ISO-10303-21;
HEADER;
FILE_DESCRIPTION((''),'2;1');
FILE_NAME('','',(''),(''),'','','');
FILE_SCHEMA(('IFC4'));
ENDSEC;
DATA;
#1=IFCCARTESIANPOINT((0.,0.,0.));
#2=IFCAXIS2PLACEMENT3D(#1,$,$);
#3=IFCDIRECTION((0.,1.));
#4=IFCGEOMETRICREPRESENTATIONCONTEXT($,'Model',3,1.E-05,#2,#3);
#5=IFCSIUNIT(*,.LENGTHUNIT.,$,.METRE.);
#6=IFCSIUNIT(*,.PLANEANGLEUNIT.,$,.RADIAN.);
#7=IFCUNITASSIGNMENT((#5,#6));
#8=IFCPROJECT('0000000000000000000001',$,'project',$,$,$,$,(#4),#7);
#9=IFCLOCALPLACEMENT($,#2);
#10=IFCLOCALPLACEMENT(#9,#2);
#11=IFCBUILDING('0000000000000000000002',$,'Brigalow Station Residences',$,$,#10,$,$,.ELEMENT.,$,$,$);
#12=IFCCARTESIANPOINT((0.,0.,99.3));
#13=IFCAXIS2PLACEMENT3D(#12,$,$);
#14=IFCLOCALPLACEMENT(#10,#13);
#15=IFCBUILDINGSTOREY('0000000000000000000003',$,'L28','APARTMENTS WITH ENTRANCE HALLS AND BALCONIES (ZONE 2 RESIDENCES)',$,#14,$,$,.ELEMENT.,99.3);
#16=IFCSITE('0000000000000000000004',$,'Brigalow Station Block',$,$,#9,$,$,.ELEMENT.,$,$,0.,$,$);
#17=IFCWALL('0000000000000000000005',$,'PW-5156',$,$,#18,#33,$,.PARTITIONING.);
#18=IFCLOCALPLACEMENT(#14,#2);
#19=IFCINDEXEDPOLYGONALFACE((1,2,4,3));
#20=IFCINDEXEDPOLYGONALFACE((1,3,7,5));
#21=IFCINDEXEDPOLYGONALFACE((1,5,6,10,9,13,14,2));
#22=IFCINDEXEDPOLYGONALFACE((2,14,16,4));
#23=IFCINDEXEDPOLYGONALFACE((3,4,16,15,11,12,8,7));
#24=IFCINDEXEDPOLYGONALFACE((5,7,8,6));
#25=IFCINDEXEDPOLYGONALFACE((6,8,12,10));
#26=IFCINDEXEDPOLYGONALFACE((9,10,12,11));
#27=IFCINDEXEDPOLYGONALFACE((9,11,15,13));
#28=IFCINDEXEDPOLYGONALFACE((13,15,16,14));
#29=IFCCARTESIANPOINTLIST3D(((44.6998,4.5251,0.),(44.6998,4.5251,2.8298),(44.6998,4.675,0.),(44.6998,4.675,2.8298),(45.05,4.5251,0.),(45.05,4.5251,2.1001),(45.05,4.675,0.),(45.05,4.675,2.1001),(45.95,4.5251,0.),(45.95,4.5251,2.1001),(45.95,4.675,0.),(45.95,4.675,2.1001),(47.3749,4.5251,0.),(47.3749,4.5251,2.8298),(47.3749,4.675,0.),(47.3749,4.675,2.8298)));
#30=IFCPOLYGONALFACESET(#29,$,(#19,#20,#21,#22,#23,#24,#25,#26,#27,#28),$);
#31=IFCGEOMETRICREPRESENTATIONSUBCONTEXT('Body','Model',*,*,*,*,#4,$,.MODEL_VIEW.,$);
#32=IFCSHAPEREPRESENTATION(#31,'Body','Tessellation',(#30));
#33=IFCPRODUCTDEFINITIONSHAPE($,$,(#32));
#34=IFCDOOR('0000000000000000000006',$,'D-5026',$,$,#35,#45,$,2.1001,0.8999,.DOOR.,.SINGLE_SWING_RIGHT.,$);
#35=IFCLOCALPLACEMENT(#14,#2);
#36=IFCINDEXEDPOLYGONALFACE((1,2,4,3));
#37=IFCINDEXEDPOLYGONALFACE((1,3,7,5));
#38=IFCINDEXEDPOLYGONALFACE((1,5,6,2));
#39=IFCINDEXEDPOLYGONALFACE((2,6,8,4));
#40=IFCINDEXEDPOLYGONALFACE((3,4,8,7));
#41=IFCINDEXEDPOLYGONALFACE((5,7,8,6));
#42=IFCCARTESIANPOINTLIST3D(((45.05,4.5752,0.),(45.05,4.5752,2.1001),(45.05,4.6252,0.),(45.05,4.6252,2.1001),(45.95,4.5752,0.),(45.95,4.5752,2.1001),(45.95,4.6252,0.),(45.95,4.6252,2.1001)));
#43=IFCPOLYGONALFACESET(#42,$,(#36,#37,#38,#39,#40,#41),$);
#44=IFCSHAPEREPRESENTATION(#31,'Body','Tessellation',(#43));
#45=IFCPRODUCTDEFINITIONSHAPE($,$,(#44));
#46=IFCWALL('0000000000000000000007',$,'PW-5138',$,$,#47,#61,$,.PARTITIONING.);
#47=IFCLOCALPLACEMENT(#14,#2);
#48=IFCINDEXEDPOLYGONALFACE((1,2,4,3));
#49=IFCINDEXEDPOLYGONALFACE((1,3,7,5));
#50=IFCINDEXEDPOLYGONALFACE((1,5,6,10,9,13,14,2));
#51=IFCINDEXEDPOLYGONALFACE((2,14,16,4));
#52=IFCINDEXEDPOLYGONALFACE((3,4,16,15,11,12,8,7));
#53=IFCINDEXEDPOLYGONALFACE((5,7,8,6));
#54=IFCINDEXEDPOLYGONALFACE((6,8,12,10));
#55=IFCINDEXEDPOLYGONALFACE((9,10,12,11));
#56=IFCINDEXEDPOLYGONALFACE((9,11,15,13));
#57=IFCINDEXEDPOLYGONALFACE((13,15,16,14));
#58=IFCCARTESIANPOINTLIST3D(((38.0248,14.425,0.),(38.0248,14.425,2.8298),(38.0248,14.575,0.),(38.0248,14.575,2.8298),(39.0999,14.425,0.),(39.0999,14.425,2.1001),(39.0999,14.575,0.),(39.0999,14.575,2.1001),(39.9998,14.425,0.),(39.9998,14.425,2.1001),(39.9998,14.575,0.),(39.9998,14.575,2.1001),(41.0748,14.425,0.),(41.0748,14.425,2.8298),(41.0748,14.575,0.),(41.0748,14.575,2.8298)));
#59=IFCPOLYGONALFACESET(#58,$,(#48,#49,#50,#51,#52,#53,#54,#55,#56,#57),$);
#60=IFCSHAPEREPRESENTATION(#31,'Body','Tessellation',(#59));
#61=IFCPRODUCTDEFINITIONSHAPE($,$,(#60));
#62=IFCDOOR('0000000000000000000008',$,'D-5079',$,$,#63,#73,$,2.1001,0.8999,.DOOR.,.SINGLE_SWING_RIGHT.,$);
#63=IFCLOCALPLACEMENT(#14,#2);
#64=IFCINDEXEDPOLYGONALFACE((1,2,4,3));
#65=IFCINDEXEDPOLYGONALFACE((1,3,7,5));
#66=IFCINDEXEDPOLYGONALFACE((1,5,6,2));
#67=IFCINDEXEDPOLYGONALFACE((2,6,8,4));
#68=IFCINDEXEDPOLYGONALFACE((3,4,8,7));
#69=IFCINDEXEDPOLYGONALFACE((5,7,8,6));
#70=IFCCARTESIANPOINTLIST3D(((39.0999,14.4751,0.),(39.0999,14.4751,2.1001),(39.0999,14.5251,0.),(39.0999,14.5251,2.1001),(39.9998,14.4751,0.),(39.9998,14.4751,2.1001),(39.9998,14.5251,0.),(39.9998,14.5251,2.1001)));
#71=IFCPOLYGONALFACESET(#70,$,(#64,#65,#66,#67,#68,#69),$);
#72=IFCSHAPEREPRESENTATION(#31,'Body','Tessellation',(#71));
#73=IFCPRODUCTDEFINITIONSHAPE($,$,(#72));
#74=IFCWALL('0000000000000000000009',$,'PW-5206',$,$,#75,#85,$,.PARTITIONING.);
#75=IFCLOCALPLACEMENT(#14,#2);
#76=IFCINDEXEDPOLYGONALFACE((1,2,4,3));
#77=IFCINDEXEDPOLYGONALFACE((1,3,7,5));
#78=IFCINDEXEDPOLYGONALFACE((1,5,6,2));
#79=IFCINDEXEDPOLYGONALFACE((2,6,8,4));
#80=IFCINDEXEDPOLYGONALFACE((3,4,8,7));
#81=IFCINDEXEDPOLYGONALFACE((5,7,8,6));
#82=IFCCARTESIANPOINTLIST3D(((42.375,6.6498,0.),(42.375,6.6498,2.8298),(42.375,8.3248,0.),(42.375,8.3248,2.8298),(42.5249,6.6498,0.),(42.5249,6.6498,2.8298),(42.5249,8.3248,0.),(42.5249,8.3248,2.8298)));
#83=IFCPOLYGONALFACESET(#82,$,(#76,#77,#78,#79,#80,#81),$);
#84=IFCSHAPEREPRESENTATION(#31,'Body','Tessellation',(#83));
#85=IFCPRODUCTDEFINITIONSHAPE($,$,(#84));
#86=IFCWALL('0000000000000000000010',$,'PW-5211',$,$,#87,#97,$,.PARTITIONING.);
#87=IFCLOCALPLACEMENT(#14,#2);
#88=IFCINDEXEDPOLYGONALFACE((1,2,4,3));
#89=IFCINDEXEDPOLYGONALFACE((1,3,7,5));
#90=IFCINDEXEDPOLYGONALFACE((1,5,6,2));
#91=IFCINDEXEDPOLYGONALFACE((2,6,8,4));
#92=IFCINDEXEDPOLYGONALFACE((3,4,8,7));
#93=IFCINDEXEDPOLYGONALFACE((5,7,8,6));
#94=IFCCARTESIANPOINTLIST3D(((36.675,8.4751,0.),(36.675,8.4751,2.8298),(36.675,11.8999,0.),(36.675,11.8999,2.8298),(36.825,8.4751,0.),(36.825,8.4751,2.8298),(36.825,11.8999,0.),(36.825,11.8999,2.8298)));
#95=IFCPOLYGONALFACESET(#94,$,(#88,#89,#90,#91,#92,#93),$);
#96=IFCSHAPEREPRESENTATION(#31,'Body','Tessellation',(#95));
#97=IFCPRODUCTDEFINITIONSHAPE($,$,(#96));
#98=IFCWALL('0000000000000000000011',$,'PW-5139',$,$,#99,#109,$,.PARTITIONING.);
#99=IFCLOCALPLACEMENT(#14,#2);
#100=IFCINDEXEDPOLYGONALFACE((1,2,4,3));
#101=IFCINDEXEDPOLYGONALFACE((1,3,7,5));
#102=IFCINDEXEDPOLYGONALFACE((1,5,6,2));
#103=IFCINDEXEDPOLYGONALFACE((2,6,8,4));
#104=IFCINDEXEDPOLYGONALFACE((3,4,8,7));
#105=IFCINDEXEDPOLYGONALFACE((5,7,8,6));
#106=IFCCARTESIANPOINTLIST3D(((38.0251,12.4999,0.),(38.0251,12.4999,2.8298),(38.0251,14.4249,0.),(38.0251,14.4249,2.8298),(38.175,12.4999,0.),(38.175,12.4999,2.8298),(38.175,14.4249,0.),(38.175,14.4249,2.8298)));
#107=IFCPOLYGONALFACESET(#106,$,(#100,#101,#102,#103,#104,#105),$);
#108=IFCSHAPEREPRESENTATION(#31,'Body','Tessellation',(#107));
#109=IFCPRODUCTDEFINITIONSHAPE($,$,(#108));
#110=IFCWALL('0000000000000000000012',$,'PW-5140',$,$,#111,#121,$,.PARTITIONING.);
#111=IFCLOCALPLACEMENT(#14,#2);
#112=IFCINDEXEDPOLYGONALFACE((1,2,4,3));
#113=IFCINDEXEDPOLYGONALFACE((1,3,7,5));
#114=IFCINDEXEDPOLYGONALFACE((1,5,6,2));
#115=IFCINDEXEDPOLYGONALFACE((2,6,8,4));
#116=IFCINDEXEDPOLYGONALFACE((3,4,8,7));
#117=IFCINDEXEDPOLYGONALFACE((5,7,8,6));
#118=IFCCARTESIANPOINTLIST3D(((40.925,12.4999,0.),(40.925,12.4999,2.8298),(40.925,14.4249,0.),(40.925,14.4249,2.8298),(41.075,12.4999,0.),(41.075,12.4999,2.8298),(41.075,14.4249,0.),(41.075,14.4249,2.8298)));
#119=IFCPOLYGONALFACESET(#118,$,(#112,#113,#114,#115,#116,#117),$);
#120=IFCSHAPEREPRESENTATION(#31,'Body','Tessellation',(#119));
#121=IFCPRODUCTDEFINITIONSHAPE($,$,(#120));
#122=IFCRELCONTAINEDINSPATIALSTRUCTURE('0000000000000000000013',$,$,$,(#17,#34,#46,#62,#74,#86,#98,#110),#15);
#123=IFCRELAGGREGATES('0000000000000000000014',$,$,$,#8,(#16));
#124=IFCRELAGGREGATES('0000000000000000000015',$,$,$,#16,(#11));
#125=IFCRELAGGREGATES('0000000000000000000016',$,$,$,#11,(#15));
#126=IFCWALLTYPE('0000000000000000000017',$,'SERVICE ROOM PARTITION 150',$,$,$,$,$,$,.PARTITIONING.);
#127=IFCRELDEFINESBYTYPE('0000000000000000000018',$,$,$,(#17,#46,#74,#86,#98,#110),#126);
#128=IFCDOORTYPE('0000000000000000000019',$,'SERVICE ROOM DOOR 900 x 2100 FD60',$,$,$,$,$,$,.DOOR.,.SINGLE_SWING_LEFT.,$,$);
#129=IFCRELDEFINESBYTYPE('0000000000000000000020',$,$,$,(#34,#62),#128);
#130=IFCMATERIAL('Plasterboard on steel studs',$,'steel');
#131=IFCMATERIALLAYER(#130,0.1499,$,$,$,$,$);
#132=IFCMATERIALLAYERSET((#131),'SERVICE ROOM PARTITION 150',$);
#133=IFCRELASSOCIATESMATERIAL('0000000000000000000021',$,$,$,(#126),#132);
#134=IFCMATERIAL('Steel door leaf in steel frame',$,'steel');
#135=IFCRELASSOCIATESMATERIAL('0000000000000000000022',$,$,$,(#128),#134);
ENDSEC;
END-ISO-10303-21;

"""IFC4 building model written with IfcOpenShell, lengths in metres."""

from ifc_helpers import new_model, si_unit, direction, frame, frame_2d, origin, place, context, subcontext, project, spatial, rectangle, extrude, material, layer, layer_set, type_object, element, fill, save


model = new_model("IFC4")

# Units and contexts
model_context = context("Model", 3, precision=1e-05, world=origin(), true_north=direction((0.0, 1.0)))
body_context = subcontext(model_context, "Body", "Model", "MODEL_VIEW")
ifc_project = project(units=[si_unit("LENGTHUNIT", "METRE"), si_unit("PLANEANGLEUNIT", "RADIAN")], contexts=[model_context])

# Site, building, storey
site_placement = place(None, origin())
site = spatial("IfcSite", under=ifc_project, at=site_placement, Name="Brigalow Station Block", CompositionType="ELEMENT", RefElevation=0.0)
building_placement = place(site_placement, origin())
building = spatial("IfcBuilding", under=site, at=building_placement, Name="Brigalow Station Residences", CompositionType="ELEMENT")
storey_placement = place(building_placement, frame((0.0, 0.0, 99.3)))
storey = spatial("IfcBuildingStorey", under=building, at=storey_placement, Name="L28", Description="APARTMENTS WITH ENTRANCE HALLS AND BALCONIES (ZONE 2 RESIDENCES)", CompositionType="ELEMENT", Elevation=99.3)

# Walls, openings, doors
ifc_material_1 = material(Name="Plasterboard on steel studs", Category="steel")
ifc_layer_1 = layer(ifc_material_1, 0.1499)
ifc_layer_set_1 = layer_set([ifc_layer_1], Name="SERVICE ROOM PARTITION 150")
wall_type_1 = type_object("IfcWallType", Name="SERVICE ROOM PARTITION 150", PredefinedType="PARTITIONING", material=ifc_layer_set_1)
wall_1_placement = place(storey_placement, frame((44.7, 4.6001, 0.0), z_axis=(0.0, 0.0, 1.0), x_axis=(1.0, 0.0, 0.0)))
wall_1 = element("IfcWall", 1, at=wall_1_placement, inside=storey, type_object=wall_type_1, Name="PW-5156", PredefinedType="PARTITIONING", context=body_context, shape_type="SweptSolid", body=[
    extrude(rectangle(XDim=2.675, YDim=0.1499, at=frame_2d((1.3374, 0.0))), origin(), (0.0, 0.0, 1.0), 2.8298),
])
opening_1_placement = place(wall_1_placement, frame((0.3501, 0.0, 0.0)))
opening_1 = element("IfcOpeningElement", 2, at=opening_1_placement, cuts=wall_1, PredefinedType="OPENING", context=body_context, shape_type="SweptSolid", body=[
    extrude(rectangle(XDim=0.8999, YDim=2.1001, at=frame_2d((0.45, 1.05))), frame((0.0, 0.085, 0.0), z_axis=(0.0, -1.0, 0.0), x_axis=(1.0, 0.0, 0.0)), (0.0, 0.0, 1.0), 0.1699),
])
ifc_material_2 = material(Name="Steel door leaf in steel frame", Category="steel")
door_type_1 = type_object("IfcDoorType", Name="SERVICE ROOM DOOR 900 x 2100 FD60", OperationType="SINGLE_SWING_LEFT", PredefinedType="DOOR", material=ifc_material_2)
door_1_placement = place(opening_1_placement, frame((0.8999, 0.0, 0.0), z_axis=(0.0, 0.0, 1.0), x_axis=(-1.0, 0.0, 0.0)))
door_1 = element("IfcDoor", 3, at=door_1_placement, inside=storey, type_object=door_type_1, Name="D-5026", OperationType="SINGLE_SWING_RIGHT", OverallHeight=2.1001, OverallWidth=0.8999, PredefinedType="DOOR", context=body_context, shape_type="SweptSolid", body=[
    extrude(rectangle(XDim=0.8999, YDim=2.1001, at=frame_2d((0.45, 1.05))), frame((0.0, 0.0249, 0.0), z_axis=(0.0, -1.0, 0.0), x_axis=(1.0, 0.0, 0.0)), (0.0, 0.0, 1.0), 0.05),
])
fill(opening_1, door_1)
wall_2_placement = place(storey_placement, frame((38.0249, 14.5, 0.0), z_axis=(0.0, 0.0, 1.0), x_axis=(1.0, 0.0, 0.0)))
wall_2 = element("IfcWall", 4, at=wall_2_placement, inside=storey, type_object=wall_type_1, Name="PW-5138", PredefinedType="PARTITIONING", context=body_context, shape_type="SweptSolid", body=[
    extrude(rectangle(XDim=3.05, YDim=0.1499, at=frame_2d((1.5249, 0.0))), origin(), (0.0, 0.0, 1.0), 2.8298),
])
opening_2_placement = place(wall_2_placement, frame((1.075, 0.0, 0.0)))
opening_2 = element("IfcOpeningElement", 5, at=opening_2_placement, cuts=wall_2, PredefinedType="OPENING", context=body_context, shape_type="SweptSolid", body=[
    extrude(rectangle(XDim=0.8999, YDim=2.1001, at=frame_2d((0.45, 1.05))), frame((0.0, 0.085, 0.0), z_axis=(0.0, -1.0, 0.0), x_axis=(1.0, 0.0, 0.0)), (0.0, 0.0, 1.0), 0.1699),
])
door_2_placement = place(opening_2_placement, frame((0.8999, 0.0, 0.0), z_axis=(0.0, 0.0, 1.0), x_axis=(-1.0, 0.0, 0.0)))
door_2 = element("IfcDoor", 6, at=door_2_placement, inside=storey, type_object=door_type_1, Name="D-5079", OperationType="SINGLE_SWING_RIGHT", OverallHeight=2.1001, OverallWidth=0.8999, PredefinedType="DOOR", context=body_context, shape_type="SweptSolid", body=[
    extrude(rectangle(XDim=0.8999, YDim=2.1001, at=frame_2d((0.45, 1.05))), frame((0.0, 0.0249, 0.0), z_axis=(0.0, -1.0, 0.0), x_axis=(1.0, 0.0, 0.0)), (0.0, 0.0, 1.0), 0.05),
])
fill(opening_2, door_2)

# Walls
wall_3_placement = place(storey_placement, frame((42.45, 6.6499, 0.0), z_axis=(0.0, 0.0, 1.0), x_axis=(0.0, 1.0, 0.0)))
element("IfcWall", 7, at=wall_3_placement, inside=storey, type_object=wall_type_1, Name="PW-5206", PredefinedType="PARTITIONING", context=body_context, shape_type="SweptSolid", body=[
    extrude(rectangle(XDim=1.675, YDim=0.1499, at=frame_2d((0.8374, 0.0))), origin(), (0.0, 0.0, 1.0), 2.8298),
])
wall_4_placement = place(storey_placement, frame((36.75, 8.4751, 0.0), z_axis=(0.0, 0.0, 1.0), x_axis=(0.0, 1.0, 0.0)))
element("IfcWall", 8, at=wall_4_placement, inside=storey, type_object=wall_type_1, Name="PW-5211", PredefinedType="PARTITIONING", context=body_context, shape_type="SweptSolid", body=[
    extrude(rectangle(XDim=3.4248, YDim=0.1499, at=frame_2d((1.7124, 0.0))), origin(), (0.0, 0.0, 1.0), 2.8298),
])
for number, where, z_axis, x_axis, name in (
    (9, (38.1001, 12.5, 0.0), (0.0, 0.0, 1.0), (0.0, 1.0, 0.0), "PW-5139"),
    (10, (41.0, 12.5, 0.0), (0.0, 0.0, 1.0), (0.0, 1.0, 0.0), "PW-5140"),
):
    element("IfcWall", number, at=place(storey_placement, frame(where, z_axis=z_axis, x_axis=x_axis)), inside=storey, type_object=wall_type_1, Name=name, PredefinedType="PARTITIONING", context=body_context, shape_type="SweptSolid", body=[
        extrude(rectangle(XDim=1.925, YDim=0.1499, at=frame_2d((0.9624, 0.0))), origin(), (0.0, 0.0, 1.0), 2.8298),
    ])

save(model, "model.ifc")
